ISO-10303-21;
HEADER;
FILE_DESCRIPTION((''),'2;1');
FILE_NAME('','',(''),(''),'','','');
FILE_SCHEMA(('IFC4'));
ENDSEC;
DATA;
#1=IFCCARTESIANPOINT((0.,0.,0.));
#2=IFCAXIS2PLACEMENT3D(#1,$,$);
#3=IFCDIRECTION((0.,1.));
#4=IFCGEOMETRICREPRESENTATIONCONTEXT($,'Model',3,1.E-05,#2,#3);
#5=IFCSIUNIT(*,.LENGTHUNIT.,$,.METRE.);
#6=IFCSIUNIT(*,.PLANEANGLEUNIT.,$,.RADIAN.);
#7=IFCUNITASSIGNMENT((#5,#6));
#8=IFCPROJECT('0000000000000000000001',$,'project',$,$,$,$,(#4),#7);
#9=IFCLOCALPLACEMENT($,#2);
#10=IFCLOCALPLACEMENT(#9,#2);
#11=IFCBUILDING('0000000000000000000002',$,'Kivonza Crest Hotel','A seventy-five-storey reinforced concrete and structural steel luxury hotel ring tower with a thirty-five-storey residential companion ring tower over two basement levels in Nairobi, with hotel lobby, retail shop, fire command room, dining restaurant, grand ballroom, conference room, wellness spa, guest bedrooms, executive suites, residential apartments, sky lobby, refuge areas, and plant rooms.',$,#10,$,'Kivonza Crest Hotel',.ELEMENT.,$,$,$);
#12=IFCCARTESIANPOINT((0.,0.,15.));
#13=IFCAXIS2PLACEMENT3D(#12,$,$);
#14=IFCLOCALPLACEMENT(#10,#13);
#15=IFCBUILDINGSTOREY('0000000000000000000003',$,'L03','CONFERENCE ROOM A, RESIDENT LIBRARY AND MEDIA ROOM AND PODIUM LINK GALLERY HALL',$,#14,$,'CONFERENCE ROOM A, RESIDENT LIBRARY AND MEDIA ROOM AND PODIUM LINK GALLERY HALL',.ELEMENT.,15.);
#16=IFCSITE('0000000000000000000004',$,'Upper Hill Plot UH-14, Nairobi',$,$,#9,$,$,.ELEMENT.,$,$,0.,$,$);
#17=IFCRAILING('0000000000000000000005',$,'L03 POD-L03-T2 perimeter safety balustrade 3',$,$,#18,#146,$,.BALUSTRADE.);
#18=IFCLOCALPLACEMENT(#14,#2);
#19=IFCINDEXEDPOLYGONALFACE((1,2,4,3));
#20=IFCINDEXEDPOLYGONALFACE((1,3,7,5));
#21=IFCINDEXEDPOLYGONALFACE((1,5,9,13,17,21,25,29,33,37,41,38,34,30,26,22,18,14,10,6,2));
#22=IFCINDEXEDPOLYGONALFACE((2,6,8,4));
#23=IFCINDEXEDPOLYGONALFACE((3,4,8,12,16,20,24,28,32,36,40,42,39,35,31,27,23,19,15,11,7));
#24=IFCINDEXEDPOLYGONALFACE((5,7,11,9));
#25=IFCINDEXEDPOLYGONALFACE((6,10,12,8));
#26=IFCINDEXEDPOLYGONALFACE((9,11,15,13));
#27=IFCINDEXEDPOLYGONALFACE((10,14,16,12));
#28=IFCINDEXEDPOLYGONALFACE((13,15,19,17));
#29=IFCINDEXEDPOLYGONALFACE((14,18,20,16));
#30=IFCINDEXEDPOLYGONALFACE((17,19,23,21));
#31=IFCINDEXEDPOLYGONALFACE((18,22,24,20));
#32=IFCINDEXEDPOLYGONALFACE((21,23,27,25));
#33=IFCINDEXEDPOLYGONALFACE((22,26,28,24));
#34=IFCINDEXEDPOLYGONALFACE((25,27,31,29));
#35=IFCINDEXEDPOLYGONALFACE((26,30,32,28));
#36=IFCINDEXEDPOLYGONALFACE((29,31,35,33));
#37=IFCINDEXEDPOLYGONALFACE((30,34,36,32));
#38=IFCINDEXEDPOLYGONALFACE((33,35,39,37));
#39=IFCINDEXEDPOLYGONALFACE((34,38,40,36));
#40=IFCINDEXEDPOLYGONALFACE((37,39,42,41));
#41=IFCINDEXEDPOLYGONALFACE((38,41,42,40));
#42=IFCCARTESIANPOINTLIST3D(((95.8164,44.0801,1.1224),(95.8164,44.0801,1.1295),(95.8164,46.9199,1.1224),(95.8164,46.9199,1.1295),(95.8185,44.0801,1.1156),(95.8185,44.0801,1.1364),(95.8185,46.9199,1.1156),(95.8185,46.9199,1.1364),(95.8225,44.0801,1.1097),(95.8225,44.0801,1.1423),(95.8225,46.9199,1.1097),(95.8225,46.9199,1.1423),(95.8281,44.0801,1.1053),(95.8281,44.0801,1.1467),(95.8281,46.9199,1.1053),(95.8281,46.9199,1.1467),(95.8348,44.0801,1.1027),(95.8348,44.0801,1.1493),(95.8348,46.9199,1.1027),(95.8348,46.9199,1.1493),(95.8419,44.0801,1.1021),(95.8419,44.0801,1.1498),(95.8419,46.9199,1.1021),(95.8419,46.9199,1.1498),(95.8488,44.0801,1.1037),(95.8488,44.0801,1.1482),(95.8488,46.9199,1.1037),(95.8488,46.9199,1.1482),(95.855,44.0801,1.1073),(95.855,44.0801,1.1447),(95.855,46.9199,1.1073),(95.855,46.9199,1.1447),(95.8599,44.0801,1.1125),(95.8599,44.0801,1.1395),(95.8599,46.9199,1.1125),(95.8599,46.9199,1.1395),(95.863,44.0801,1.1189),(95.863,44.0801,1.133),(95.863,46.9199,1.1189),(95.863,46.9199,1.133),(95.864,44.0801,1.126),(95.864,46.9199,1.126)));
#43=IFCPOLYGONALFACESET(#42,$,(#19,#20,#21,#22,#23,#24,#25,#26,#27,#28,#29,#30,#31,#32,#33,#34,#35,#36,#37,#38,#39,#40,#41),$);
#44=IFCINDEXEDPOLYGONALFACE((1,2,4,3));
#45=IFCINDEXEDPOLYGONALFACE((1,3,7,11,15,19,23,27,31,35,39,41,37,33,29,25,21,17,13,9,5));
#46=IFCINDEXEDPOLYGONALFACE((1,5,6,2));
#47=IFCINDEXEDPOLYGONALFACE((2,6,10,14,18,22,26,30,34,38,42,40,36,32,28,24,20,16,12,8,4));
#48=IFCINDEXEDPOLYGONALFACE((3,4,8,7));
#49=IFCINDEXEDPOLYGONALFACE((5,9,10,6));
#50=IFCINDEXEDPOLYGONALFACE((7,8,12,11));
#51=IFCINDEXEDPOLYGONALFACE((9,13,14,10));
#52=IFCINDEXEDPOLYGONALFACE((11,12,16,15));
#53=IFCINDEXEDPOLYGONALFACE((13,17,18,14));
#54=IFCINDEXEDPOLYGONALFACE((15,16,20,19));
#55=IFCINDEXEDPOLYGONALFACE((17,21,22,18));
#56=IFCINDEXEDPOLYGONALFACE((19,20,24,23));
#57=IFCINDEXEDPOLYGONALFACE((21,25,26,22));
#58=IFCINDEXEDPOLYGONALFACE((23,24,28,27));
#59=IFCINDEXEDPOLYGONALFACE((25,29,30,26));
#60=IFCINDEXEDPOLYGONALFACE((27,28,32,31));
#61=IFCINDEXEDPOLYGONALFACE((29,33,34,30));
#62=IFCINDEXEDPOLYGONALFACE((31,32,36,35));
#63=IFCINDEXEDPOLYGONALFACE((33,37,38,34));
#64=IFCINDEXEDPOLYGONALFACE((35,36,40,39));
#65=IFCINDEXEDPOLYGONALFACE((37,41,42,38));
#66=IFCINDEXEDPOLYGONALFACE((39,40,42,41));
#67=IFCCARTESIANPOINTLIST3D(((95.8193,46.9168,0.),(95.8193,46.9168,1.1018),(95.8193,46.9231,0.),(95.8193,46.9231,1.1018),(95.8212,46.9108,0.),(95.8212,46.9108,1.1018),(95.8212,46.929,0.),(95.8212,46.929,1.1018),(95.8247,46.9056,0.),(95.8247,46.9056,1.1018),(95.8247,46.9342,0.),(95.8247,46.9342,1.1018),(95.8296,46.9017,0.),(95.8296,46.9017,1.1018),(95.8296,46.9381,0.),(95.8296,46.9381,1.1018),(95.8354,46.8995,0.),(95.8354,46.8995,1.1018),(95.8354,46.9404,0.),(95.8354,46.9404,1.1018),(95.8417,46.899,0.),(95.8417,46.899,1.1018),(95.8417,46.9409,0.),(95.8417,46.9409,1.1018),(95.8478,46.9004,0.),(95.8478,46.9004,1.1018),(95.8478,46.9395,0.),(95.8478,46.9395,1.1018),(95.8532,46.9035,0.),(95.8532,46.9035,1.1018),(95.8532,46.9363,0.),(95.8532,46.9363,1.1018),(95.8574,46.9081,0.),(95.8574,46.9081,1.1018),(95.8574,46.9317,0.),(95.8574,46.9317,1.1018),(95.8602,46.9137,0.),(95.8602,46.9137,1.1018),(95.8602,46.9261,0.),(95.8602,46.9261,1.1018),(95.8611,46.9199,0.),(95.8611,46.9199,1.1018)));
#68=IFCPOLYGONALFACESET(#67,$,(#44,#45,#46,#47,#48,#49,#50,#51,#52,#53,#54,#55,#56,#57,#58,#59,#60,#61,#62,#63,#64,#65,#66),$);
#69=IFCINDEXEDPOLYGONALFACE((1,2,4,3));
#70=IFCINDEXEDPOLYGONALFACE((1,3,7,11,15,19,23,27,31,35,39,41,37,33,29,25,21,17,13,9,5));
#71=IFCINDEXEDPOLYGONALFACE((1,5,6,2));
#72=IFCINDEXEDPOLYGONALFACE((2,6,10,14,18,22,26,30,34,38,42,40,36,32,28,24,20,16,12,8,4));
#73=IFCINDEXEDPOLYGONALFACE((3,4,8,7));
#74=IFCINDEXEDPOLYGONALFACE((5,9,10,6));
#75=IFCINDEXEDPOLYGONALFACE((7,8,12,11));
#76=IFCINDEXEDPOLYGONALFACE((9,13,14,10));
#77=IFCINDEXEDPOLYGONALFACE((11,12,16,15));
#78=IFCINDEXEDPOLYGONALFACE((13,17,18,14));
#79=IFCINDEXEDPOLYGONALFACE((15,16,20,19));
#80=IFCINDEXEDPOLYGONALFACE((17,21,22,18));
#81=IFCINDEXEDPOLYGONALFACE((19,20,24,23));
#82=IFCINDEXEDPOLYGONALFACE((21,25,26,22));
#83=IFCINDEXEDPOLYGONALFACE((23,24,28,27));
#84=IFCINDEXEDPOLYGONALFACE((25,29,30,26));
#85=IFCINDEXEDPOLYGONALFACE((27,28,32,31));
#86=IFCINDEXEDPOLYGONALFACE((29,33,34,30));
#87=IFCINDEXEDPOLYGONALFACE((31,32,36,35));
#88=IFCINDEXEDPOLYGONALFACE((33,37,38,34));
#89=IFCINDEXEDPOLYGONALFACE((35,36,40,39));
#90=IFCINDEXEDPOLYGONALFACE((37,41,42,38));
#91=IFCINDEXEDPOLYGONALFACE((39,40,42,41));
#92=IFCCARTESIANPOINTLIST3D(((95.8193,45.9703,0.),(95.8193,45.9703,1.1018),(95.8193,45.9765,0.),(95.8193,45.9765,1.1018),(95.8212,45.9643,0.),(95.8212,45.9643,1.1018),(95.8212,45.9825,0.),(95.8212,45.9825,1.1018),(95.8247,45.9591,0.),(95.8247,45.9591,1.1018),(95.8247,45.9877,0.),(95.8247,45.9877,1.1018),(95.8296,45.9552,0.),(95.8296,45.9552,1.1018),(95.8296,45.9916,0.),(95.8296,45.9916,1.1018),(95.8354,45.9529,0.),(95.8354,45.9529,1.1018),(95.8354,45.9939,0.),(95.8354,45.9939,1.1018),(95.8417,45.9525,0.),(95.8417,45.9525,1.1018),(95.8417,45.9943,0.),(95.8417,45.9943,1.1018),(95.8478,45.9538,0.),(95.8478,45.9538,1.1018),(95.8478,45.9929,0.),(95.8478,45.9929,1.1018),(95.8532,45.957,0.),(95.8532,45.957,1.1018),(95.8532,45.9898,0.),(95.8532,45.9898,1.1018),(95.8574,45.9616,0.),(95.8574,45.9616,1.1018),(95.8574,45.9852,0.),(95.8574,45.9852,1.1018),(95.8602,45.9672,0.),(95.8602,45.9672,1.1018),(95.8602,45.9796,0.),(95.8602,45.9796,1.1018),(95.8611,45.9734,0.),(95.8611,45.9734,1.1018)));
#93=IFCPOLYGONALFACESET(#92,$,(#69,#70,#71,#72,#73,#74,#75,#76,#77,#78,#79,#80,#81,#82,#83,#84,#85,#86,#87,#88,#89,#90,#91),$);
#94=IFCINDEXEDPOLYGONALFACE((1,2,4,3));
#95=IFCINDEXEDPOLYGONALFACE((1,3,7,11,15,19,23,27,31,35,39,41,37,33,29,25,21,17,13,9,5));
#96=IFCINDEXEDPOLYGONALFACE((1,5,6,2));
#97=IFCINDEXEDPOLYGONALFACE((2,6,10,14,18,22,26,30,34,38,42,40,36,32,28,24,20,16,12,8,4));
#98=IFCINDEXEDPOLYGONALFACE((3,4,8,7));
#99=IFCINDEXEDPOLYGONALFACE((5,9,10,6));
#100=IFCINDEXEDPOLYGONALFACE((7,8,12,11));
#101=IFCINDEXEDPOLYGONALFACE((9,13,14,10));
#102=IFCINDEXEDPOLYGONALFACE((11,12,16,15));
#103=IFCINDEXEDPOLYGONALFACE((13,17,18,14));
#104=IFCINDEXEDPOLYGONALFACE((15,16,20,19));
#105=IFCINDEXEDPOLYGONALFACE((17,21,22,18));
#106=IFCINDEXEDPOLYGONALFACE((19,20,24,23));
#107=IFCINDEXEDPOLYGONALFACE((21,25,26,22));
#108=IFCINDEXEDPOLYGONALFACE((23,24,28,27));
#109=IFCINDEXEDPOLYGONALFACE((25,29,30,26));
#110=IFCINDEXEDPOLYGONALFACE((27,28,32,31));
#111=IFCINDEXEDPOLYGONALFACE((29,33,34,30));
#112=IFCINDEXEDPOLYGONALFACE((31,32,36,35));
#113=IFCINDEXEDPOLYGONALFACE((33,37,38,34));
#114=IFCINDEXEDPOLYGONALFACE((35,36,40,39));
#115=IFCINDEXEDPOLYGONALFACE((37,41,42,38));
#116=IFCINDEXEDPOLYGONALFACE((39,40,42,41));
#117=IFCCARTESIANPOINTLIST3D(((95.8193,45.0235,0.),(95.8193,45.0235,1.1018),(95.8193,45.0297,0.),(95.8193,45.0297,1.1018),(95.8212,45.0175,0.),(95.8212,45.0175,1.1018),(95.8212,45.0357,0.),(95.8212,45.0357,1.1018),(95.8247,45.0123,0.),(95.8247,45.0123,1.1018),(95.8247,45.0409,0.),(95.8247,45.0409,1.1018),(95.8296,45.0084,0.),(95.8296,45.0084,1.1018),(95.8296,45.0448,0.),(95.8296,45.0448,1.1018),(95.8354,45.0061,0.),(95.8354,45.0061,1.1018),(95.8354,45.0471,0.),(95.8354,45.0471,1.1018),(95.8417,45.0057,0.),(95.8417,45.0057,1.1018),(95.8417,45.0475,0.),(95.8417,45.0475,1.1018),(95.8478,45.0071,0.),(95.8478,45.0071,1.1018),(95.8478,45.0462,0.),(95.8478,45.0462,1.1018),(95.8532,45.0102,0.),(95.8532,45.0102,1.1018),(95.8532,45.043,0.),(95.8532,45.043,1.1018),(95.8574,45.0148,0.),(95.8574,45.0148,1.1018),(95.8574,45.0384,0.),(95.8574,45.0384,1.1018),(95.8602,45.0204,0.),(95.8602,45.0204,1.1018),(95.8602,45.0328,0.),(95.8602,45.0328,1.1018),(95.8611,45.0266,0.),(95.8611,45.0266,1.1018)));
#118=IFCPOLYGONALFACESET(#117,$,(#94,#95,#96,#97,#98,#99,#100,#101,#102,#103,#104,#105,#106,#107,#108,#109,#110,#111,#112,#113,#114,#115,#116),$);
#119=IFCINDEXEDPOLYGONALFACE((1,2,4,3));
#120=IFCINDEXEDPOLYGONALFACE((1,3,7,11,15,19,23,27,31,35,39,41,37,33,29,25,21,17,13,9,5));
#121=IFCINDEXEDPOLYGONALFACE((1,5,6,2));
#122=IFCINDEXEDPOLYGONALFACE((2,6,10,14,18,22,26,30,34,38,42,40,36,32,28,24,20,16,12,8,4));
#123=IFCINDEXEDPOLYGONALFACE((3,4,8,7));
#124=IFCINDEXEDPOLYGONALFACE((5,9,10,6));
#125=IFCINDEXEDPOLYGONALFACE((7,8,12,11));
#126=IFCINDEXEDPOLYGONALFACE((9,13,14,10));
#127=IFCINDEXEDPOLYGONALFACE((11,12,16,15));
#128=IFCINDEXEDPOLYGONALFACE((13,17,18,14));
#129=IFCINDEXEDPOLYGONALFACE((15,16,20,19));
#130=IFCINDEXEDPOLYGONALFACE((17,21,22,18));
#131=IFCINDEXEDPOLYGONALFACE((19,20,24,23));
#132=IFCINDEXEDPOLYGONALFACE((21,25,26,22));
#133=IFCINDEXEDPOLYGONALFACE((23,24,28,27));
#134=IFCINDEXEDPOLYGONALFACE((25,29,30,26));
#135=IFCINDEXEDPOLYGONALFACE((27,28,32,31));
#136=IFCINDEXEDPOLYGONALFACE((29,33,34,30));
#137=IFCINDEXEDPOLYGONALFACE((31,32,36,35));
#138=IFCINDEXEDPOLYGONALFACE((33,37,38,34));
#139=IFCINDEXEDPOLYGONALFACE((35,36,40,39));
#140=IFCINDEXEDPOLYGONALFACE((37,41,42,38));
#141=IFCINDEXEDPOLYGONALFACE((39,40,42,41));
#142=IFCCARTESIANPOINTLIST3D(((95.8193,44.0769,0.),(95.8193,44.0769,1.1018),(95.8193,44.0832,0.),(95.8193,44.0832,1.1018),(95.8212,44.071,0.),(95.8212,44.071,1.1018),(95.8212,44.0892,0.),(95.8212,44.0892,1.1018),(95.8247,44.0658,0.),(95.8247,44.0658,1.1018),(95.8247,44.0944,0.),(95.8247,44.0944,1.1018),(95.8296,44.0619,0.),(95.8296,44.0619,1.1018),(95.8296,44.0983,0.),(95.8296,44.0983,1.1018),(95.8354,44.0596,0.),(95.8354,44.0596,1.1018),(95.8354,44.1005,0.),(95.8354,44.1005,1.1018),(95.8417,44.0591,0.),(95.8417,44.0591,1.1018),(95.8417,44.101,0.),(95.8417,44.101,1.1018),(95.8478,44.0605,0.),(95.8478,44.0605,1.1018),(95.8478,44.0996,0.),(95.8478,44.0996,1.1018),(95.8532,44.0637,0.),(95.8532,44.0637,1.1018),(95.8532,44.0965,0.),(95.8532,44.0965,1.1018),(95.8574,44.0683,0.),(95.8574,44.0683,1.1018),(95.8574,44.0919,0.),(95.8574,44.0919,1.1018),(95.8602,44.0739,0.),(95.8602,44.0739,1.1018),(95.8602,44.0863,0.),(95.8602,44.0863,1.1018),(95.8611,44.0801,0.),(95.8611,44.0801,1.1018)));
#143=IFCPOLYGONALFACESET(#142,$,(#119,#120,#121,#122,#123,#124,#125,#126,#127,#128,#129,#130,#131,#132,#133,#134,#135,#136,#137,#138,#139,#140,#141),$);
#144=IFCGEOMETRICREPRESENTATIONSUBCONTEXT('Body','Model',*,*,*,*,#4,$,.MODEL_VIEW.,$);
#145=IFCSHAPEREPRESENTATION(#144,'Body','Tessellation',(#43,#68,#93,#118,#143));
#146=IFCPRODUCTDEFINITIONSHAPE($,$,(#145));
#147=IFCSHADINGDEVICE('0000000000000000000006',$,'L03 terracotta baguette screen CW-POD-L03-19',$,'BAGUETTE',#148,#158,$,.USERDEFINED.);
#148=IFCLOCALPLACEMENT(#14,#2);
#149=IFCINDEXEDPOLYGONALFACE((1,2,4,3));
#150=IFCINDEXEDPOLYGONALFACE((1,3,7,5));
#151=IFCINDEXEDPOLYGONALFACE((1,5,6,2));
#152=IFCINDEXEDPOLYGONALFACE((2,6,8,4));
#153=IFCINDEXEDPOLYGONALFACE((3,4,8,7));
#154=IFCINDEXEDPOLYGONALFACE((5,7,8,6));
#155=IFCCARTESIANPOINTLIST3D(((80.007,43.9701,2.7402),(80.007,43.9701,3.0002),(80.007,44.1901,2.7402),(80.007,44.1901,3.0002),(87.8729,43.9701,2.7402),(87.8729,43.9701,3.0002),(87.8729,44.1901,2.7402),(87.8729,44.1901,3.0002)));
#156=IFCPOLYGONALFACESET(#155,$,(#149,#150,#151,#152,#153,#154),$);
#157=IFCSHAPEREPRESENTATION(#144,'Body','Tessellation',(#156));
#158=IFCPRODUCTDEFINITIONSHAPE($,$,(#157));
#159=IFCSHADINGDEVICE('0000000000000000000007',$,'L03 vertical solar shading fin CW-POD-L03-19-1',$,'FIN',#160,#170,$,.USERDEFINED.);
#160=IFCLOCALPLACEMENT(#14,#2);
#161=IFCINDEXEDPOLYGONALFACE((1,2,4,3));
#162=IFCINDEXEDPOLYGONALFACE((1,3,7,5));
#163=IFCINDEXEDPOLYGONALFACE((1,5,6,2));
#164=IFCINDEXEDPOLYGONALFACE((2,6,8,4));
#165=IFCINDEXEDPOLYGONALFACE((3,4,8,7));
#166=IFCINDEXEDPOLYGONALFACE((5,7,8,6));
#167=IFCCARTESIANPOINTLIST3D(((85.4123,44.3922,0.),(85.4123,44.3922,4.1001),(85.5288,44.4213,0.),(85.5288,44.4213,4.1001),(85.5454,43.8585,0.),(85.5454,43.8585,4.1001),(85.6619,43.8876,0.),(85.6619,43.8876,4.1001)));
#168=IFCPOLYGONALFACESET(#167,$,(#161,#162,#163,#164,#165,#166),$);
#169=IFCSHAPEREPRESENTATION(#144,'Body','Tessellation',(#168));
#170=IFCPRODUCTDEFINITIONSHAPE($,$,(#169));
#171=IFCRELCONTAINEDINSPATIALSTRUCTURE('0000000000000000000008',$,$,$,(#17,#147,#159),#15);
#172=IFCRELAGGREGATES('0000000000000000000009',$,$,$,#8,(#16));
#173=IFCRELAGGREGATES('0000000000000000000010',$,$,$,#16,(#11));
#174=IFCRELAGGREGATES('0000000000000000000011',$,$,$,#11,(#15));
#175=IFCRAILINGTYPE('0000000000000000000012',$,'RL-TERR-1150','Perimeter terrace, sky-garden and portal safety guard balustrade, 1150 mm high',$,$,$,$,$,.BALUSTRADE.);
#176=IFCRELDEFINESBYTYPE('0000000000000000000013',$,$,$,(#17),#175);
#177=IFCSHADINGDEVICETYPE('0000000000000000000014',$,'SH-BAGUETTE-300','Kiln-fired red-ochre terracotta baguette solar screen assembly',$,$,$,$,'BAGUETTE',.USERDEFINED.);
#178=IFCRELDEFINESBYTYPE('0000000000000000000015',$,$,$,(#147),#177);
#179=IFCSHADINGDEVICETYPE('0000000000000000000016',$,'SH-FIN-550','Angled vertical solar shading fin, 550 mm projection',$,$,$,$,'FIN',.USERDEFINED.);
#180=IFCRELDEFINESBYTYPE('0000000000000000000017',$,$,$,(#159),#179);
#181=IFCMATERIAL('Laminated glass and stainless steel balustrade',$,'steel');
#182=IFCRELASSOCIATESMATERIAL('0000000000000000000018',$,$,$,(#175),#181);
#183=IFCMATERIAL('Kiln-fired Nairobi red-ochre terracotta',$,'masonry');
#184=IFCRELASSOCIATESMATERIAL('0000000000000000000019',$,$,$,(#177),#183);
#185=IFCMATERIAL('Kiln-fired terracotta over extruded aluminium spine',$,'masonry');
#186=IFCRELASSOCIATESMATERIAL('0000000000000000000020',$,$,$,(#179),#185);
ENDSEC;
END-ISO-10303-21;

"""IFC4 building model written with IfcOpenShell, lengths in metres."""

from ifc_helpers import new_model, si_unit, direction, frame, origin, origin_2d, place, context, subcontext, project, spatial, rectangle, circle, extrude, material, type_object, element, save


model = new_model("IFC4")

# Units and contexts
model_context = context("Model", 3, precision=1e-05, world=origin(), true_north=direction((0.0, 1.0)))
body_context = subcontext(model_context, "Body", "Model", "MODEL_VIEW")
ifc_project = project(units=[si_unit("LENGTHUNIT", "METRE"), si_unit("PLANEANGLEUNIT", "RADIAN")], contexts=[model_context])

# Site, building, storey
site_placement = place(None, origin())
site = spatial("IfcSite", under=ifc_project, at=site_placement, Name="Upper Hill Plot UH-14, Nairobi", CompositionType="ELEMENT", RefElevation=0.0)
building_placement = place(site_placement, origin())
building = spatial("IfcBuilding", under=site, at=building_placement, Name="Kivonza Crest Hotel", Description="A seventy-five-storey reinforced concrete and structural steel luxury hotel ring tower with a thirty-five-storey residential companion ring tower over two basement levels in Nairobi, with hotel lobby, retail shop, fire command room, dining restaurant, grand ballroom, conference room, wellness spa, guest bedrooms, executive suites, residential apartments, sky lobby, refuge areas, and plant rooms.", LongName="Kivonza Crest Hotel", CompositionType="ELEMENT")
storey_placement = place(building_placement, frame((0.0, 0.0, 15.0)))
storey = spatial("IfcBuildingStorey", under=building, at=storey_placement, Name="L03", Description="CONFERENCE ROOM A, RESIDENT LIBRARY AND MEDIA ROOM AND PODIUM LINK GALLERY HALL", LongName="CONFERENCE ROOM A, RESIDENT LIBRARY AND MEDIA ROOM AND PODIUM LINK GALLERY HALL", CompositionType="ELEMENT", Elevation=15.0)

# Railing
ifc_material_1 = material(Name="Laminated glass and stainless steel balustrade", Category="steel")
railing_type = type_object("IfcRailingType", Name="RL-TERR-1150", Description="Perimeter terrace, sky-garden and portal safety guard balustrade, 1150 mm high", PredefinedType="BALUSTRADE", material=ifc_material_1)
railing_placement = place(storey_placement, frame((95.8401, 46.9199, 0.0)))
element("IfcRailing", 1, at=railing_placement, inside=storey, type_object=railing_type, Name="L03 POD-L03-T2 perimeter safety balustrade 3", PredefinedType="BALUSTRADE", context=body_context, shape_type="SweptSolid", body=[
    extrude(circle(Radius=0.0239, at=origin_2d()), frame((0.0, 0.0, 1.126), z_axis=(0.0, -1.0, 0.0), x_axis=(1.0, 0.0, 0.0)), (0.0, 0.0, 1.0), 2.8398),
    extrude(circle(Radius=0.021, at=origin_2d()), origin(), (0.0, 0.0, 1.0), 1.1018),
    extrude(circle(Radius=0.021, at=origin_2d()), frame((0.0, -0.9465, 0.0)), (0.0, 0.0, 1.0), 1.1018),
    extrude(circle(Radius=0.021, at=origin_2d()), frame((0.0, -1.8933, 0.0)), (0.0, 0.0, 1.0), 1.1018),
    extrude(circle(Radius=0.021, at=origin_2d()), frame((0.0, -2.8398, 0.0)), (0.0, 0.0, 1.0), 1.1018),
])

# Shading devices
ifc_material_2 = material(Name="Kiln-fired Nairobi red-ochre terracotta", Category="masonry")
shading_device_type_1 = type_object("IfcShadingDeviceType", Name="SH-BAGUETTE-300", Description="Kiln-fired red-ochre terracotta baguette solar screen assembly", ElementType="BAGUETTE", PredefinedType="USERDEFINED", material=ifc_material_2)
shading_device_1_placement = place(storey_placement, frame((83.9399, 44.0801, 2.7402), z_axis=(0.0, 0.0, 1.0), x_axis=(-1.0, 0.0, 0.0)))
element("IfcShadingDevice", 2, at=shading_device_1_placement, inside=storey, type_object=shading_device_type_1, Name="L03 terracotta baguette screen CW-POD-L03-19", ObjectType="BAGUETTE", PredefinedType="USERDEFINED", context=body_context, shape_type="SweptSolid", body=[
    extrude(rectangle(XDim=7.866, YDim=0.22, at=origin_2d()), origin(), (0.0, 0.0, 1.0), 0.26),
])
ifc_material_3 = material(Name="Kiln-fired terracotta over extruded aluminium spine", Category="masonry")
shading_device_type_2 = type_object("IfcShadingDeviceType", Name="SH-FIN-550", Description="Angled vertical solar shading fin, 550 mm projection", ElementType="FIN", PredefinedType="USERDEFINED", material=ifc_material_3)
shading_device_2_placement = place(storey_placement, frame((85.5371, 44.1399, 0.0), z_axis=(0.0, 0.0, 1.0), x_axis=(-0.970296, -0.241922, 0.0)))
element("IfcShadingDevice", 3, at=shading_device_2_placement, inside=storey, type_object=shading_device_type_2, Name="L03 vertical solar shading fin CW-POD-L03-19-1", ObjectType="FIN", PredefinedType="USERDEFINED", context=body_context, shape_type="SweptSolid", body=[
    extrude(rectangle(XDim=0.1201, YDim=0.55, at=origin_2d()), origin(), (0.0, 0.0, 1.0), 4.1001),
])

save(model, "model.ifc")
